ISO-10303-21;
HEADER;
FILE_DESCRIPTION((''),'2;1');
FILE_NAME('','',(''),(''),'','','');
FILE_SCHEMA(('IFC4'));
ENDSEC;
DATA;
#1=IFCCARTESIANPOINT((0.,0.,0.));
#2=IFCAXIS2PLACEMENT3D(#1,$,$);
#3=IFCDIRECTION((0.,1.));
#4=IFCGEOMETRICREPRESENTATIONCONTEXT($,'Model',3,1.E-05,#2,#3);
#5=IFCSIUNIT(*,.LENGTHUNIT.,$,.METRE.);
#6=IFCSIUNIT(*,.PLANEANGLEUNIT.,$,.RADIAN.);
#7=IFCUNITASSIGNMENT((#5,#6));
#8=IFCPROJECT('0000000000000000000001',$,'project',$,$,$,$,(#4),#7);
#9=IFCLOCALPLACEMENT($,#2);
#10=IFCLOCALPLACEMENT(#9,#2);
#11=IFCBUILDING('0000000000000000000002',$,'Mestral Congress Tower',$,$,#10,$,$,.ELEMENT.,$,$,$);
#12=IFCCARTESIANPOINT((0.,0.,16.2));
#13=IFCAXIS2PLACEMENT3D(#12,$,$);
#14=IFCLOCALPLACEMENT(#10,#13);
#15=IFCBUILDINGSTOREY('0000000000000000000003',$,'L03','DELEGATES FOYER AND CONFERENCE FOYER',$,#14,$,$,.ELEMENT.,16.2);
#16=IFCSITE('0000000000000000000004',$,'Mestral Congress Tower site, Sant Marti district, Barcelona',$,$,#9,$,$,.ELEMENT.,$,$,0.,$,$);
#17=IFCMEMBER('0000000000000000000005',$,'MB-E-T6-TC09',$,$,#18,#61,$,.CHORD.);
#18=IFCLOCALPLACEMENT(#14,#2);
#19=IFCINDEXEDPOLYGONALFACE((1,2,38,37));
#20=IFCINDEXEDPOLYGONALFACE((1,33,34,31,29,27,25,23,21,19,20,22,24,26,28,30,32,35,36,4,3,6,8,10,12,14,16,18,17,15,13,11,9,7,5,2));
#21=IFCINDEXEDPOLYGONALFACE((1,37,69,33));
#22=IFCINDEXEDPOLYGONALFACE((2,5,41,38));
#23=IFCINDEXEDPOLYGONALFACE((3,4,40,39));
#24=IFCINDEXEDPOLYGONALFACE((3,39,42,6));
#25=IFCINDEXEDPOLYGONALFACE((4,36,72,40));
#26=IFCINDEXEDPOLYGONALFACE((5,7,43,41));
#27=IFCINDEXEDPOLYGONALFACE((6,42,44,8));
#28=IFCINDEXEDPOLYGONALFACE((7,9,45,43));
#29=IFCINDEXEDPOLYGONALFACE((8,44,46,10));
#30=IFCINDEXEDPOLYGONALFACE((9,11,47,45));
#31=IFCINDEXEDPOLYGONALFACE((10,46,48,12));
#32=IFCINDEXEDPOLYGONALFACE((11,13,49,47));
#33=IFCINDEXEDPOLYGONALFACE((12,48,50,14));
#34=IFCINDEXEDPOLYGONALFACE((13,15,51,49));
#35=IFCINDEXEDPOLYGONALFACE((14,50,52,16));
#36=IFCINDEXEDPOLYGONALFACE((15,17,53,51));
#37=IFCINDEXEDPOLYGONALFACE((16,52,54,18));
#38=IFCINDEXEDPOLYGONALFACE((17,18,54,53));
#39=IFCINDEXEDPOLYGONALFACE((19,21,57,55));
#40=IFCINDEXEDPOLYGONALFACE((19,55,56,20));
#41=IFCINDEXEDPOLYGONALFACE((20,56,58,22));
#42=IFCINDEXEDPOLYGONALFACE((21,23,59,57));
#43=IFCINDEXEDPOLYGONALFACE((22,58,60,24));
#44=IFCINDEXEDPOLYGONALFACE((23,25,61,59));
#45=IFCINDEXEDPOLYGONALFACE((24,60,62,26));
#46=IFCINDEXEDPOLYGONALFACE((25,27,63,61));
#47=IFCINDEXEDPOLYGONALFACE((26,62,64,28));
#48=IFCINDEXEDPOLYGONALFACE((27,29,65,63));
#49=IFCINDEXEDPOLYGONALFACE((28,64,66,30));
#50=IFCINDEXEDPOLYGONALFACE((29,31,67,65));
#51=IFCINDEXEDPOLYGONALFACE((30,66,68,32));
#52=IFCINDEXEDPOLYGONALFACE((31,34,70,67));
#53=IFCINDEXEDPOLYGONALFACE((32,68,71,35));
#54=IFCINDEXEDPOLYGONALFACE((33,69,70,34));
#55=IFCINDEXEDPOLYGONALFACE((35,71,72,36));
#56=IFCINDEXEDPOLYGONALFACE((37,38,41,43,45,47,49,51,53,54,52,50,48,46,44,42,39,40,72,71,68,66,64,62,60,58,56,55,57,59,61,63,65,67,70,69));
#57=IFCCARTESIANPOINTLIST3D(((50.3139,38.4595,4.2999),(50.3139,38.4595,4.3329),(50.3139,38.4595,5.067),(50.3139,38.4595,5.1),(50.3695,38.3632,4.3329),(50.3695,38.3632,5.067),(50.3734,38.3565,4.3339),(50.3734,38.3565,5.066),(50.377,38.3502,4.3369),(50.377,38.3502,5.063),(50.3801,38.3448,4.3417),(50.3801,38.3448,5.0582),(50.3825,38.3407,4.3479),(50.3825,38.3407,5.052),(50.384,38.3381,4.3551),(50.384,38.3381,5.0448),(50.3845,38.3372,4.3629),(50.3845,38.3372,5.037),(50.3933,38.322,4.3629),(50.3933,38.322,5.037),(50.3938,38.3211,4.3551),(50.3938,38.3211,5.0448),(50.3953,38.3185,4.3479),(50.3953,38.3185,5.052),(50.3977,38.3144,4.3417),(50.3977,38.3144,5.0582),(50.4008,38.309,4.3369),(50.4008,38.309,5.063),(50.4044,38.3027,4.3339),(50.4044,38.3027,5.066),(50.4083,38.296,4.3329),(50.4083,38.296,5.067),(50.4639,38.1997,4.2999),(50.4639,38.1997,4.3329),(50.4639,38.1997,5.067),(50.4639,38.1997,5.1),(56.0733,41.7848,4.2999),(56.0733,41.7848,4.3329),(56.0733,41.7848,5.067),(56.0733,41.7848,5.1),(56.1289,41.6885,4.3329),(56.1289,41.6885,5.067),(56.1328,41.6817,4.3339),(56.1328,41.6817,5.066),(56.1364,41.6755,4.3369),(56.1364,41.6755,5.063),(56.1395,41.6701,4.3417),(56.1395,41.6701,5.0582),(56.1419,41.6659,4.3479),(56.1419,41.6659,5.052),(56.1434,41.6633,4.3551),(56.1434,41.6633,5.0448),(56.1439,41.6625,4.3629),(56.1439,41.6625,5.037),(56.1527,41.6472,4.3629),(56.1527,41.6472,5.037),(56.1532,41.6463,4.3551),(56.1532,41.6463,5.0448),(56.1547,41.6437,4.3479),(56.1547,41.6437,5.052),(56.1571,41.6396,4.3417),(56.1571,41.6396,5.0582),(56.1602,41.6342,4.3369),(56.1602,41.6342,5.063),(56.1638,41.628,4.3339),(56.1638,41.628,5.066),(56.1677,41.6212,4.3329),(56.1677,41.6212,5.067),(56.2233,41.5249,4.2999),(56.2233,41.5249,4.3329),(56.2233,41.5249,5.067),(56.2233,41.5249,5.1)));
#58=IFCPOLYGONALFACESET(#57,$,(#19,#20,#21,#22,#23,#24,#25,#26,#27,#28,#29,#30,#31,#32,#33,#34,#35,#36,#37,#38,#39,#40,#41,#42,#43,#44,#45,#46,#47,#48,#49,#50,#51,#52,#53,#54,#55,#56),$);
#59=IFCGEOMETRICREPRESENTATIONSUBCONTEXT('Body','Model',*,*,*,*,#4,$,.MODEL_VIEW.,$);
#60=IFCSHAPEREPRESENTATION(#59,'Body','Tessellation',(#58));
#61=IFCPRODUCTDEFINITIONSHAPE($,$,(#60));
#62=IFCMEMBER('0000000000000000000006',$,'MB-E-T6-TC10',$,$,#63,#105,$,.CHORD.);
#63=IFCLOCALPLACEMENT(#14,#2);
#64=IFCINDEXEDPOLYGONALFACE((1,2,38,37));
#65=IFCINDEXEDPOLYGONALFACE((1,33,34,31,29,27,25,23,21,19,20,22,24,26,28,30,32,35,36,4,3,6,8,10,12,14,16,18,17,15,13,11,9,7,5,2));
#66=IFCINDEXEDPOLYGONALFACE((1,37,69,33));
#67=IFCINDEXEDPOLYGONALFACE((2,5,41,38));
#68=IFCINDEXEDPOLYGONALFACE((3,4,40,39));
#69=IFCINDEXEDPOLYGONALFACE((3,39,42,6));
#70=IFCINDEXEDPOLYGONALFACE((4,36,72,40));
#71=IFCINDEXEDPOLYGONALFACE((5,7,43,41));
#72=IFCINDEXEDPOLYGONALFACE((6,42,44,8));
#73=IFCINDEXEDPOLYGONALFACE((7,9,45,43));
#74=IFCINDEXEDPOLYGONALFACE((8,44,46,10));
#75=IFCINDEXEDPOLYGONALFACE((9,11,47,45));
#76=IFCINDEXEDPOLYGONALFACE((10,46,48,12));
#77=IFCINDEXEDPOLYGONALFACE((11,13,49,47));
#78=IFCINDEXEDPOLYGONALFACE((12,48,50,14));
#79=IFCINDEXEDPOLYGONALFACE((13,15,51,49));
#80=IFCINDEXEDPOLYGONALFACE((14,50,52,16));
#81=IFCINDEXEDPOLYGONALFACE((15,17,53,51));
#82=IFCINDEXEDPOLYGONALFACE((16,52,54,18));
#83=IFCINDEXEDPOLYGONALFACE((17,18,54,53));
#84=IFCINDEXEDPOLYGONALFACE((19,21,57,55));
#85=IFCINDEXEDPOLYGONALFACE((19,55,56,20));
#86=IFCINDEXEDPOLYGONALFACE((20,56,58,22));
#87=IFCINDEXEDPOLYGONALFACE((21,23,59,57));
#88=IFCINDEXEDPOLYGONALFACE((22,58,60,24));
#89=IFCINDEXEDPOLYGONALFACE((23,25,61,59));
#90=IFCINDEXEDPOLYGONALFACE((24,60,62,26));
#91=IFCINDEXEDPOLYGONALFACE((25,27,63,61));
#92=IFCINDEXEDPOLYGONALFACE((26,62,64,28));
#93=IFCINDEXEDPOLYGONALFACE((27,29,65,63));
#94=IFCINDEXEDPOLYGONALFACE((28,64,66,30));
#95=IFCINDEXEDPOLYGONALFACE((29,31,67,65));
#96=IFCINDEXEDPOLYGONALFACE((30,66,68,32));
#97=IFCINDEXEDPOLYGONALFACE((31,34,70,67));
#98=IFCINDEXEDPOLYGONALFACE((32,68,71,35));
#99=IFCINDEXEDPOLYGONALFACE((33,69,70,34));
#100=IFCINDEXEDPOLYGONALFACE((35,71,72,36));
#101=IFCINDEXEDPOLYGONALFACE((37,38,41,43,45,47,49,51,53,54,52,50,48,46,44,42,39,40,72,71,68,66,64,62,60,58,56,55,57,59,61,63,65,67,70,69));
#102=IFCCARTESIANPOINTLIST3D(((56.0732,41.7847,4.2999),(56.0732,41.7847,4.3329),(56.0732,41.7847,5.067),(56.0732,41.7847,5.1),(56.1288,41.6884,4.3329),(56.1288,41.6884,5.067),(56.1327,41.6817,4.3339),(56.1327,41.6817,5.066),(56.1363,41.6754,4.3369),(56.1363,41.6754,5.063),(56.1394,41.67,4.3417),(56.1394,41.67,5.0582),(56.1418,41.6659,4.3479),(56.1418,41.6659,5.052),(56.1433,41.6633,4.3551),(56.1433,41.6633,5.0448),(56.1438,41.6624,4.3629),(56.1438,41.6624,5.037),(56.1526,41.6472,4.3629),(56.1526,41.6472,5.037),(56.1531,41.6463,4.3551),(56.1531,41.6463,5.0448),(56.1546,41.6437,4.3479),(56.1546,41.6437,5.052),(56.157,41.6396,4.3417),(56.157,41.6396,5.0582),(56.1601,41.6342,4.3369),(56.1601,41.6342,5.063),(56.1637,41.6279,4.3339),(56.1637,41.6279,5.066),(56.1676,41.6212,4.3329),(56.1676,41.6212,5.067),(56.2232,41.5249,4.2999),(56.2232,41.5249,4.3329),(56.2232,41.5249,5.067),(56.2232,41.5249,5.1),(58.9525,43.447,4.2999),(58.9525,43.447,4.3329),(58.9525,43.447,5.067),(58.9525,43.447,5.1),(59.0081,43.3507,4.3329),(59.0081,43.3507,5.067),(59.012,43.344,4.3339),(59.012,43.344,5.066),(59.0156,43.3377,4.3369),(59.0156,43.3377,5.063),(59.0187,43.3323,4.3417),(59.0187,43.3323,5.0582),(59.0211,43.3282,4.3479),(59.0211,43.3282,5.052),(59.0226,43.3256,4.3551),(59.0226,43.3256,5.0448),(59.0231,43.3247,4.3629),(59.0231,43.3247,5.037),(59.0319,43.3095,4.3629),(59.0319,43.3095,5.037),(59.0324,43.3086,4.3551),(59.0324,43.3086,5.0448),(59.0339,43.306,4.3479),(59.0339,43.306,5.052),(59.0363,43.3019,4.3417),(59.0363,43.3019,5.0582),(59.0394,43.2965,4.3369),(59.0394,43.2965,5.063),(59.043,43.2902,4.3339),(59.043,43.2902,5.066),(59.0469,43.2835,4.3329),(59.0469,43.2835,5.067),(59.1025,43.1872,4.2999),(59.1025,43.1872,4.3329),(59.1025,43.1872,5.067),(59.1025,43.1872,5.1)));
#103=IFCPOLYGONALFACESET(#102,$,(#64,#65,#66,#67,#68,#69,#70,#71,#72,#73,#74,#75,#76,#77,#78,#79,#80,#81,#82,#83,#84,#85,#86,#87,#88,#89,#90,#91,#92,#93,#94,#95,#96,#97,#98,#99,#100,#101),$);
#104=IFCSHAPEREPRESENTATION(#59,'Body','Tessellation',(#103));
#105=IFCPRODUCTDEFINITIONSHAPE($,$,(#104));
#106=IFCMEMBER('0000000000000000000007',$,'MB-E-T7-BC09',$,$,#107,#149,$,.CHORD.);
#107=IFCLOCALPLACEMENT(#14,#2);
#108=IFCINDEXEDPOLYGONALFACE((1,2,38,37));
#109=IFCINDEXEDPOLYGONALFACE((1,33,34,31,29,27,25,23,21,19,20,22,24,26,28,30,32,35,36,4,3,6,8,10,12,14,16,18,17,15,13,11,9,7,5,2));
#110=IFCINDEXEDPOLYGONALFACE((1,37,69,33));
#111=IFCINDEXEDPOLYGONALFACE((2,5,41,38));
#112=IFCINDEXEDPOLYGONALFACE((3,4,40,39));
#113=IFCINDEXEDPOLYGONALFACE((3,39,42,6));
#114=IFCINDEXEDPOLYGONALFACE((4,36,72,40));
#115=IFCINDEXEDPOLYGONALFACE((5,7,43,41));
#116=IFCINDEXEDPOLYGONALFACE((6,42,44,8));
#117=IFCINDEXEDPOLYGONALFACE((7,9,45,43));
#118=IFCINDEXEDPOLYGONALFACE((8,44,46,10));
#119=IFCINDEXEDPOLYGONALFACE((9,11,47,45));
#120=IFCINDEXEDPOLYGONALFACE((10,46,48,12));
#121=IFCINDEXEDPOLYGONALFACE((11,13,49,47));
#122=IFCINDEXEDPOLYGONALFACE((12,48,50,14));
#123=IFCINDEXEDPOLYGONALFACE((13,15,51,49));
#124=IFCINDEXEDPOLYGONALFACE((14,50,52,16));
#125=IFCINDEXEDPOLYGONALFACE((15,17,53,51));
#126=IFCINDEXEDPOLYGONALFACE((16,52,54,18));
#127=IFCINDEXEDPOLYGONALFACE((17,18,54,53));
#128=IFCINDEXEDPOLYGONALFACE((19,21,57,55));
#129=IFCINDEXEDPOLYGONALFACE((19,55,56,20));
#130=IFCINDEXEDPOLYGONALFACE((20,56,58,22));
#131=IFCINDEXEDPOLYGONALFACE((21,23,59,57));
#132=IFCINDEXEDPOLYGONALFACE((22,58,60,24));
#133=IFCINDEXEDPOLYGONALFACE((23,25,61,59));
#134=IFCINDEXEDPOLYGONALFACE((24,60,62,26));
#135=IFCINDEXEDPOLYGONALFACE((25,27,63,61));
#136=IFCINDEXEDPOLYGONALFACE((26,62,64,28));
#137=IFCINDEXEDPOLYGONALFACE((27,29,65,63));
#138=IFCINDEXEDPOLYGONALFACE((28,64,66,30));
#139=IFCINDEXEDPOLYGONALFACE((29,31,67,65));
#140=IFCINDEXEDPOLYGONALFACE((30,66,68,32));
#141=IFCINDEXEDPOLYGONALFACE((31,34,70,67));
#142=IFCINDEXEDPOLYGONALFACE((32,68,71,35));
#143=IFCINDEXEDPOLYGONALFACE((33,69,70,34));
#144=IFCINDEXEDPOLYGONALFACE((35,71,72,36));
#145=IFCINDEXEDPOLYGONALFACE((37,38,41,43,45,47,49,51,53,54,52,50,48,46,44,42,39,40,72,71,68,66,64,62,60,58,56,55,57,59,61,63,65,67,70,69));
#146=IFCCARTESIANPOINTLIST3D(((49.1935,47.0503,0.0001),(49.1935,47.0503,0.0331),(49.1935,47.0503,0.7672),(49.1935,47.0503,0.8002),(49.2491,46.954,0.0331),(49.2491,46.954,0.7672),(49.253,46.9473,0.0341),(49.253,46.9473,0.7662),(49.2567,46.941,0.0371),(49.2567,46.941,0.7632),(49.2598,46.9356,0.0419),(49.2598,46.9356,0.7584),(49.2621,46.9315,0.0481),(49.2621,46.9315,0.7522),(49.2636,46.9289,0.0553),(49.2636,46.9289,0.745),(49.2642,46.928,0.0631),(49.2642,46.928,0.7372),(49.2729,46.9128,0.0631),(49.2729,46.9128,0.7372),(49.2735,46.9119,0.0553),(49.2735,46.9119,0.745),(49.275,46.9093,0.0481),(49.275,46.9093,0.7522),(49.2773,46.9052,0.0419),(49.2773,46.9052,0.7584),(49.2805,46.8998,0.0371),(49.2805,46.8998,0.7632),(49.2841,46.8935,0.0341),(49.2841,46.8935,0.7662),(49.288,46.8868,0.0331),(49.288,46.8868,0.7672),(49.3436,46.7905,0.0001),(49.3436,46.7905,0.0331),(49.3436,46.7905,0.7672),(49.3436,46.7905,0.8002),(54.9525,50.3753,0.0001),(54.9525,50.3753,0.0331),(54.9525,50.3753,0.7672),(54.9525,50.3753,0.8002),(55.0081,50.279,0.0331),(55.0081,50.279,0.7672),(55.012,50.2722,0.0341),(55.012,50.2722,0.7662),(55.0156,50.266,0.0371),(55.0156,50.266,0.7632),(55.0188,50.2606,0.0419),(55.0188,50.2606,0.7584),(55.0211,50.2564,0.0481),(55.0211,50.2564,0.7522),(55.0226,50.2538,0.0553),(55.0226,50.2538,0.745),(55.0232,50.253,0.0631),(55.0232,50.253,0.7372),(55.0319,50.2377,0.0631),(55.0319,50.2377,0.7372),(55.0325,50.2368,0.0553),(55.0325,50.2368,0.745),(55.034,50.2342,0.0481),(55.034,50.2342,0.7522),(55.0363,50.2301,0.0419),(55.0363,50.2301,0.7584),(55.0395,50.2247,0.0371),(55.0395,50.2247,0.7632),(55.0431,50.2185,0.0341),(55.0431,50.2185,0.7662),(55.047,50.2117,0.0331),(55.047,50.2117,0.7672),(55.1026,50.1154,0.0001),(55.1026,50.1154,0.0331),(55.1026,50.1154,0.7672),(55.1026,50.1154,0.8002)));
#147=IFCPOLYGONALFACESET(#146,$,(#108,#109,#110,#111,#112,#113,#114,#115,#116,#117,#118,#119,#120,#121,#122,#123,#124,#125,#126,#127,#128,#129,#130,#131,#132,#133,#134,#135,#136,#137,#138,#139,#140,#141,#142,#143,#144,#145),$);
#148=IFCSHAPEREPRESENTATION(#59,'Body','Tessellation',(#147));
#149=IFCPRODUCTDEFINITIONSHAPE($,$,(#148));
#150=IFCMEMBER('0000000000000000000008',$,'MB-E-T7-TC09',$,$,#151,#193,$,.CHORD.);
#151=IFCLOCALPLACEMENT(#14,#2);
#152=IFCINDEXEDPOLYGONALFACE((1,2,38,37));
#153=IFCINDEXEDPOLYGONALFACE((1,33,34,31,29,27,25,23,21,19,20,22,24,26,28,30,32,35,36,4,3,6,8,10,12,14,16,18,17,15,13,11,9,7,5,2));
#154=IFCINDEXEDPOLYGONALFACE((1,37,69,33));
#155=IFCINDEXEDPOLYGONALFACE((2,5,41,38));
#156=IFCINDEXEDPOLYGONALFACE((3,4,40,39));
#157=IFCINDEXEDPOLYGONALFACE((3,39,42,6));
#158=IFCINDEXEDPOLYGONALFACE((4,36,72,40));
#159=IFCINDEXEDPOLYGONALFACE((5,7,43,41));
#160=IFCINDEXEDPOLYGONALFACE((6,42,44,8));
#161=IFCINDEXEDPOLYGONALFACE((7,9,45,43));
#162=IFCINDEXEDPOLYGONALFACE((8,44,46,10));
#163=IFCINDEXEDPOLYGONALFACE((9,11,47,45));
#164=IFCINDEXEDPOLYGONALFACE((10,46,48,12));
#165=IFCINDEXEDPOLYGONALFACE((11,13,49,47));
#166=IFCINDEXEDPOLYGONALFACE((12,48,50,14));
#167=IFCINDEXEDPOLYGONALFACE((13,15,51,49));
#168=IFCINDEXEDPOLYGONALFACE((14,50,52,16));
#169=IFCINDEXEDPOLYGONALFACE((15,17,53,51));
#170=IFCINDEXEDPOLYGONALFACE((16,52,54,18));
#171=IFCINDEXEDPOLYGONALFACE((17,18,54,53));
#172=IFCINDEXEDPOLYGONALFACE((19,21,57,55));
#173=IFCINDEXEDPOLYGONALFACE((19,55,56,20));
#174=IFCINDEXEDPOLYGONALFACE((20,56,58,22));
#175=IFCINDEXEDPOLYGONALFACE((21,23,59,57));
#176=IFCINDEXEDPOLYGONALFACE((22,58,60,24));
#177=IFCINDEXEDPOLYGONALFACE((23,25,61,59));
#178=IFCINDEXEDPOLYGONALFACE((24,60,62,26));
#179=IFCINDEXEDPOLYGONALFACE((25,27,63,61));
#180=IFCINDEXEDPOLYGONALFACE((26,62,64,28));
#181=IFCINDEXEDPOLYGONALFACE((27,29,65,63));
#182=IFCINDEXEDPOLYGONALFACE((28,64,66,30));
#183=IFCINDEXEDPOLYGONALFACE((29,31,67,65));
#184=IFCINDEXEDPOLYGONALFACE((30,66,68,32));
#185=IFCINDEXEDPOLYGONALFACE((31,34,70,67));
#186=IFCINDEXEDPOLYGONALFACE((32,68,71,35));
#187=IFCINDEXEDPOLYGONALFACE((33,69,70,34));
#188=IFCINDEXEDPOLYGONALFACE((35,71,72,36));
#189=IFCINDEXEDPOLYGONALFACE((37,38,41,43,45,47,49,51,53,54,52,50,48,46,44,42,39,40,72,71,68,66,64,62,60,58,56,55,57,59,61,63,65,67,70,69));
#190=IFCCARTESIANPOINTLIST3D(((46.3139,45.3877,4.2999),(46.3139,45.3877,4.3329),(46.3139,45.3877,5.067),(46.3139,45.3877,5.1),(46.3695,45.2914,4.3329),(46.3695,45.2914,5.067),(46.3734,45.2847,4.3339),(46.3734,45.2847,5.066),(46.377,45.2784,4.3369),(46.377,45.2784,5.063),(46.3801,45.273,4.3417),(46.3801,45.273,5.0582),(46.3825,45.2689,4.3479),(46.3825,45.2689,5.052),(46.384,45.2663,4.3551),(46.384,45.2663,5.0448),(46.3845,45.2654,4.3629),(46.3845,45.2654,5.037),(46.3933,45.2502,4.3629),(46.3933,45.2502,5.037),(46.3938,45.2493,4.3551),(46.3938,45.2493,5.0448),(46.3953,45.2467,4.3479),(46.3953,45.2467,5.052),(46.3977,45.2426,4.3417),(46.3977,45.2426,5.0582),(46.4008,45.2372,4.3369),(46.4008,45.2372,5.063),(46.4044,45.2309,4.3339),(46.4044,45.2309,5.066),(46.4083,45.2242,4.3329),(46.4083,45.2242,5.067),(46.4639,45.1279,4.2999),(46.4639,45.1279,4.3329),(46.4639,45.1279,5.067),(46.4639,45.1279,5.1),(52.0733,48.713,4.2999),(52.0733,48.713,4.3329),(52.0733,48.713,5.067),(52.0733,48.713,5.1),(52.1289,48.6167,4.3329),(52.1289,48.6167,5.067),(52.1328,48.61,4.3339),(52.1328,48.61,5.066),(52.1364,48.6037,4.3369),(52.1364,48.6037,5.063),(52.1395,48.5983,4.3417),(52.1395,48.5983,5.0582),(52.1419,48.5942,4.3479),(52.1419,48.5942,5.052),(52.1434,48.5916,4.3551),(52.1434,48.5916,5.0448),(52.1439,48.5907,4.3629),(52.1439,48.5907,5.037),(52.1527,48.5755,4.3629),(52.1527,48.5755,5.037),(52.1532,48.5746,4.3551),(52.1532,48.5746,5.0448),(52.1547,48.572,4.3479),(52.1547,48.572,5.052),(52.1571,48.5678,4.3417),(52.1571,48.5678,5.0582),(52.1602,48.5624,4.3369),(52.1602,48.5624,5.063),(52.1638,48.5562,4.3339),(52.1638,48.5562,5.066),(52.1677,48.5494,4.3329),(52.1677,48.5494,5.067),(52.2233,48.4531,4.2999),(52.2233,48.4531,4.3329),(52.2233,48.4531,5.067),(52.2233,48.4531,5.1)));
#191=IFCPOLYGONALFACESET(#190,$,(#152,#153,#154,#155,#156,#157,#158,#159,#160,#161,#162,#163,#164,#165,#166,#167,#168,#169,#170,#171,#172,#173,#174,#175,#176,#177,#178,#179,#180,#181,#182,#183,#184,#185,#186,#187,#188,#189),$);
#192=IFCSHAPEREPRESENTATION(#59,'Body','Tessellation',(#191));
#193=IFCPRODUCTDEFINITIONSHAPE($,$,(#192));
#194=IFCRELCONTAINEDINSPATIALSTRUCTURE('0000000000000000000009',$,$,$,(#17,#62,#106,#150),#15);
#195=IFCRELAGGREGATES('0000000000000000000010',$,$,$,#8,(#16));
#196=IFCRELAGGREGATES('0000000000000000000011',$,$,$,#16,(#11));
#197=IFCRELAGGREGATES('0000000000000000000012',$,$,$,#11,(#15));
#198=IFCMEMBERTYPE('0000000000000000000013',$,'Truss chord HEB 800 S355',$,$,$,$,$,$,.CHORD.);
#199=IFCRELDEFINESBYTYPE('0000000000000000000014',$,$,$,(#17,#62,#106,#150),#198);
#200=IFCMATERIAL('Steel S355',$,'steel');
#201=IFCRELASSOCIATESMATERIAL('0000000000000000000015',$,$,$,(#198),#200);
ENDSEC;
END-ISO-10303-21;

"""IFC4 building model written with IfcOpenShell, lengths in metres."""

from ifc_helpers import new_model, si_unit, direction, frame, origin, origin_2d, place, context, subcontext, project, spatial, i_section, extrude, material, material_profile, profile_set, type_object, element, save


model = new_model("IFC4")

# Units and contexts
model_context = context("Model", 3, precision=1e-05, world=origin(), true_north=direction((0.0, 1.0)))
body_context = subcontext(model_context, "Body", "Model", "MODEL_VIEW")
ifc_project = project(units=[si_unit("LENGTHUNIT", "METRE"), si_unit("PLANEANGLEUNIT", "RADIAN")], contexts=[model_context])

# Site, building, storey
site_placement = place(None, origin())
site = spatial("IfcSite", under=ifc_project, at=site_placement, Name="Mestral Congress Tower site, Sant Marti district, Barcelona", CompositionType="ELEMENT", RefElevation=0.0)
building_placement = place(site_placement, origin())
building = spatial("IfcBuilding", under=site, at=building_placement, Name="Mestral Congress Tower", CompositionType="ELEMENT")
storey_placement = place(building_placement, frame((0.0, 0.0, 16.2)))
storey = spatial("IfcBuildingStorey", under=building, at=storey_placement, Name="L03", Description="DELEGATES FOYER AND CONFERENCE FOYER", CompositionType="ELEMENT", Elevation=16.2)

# Members
ifc_material_1 = material(Name="Steel S355", Category="steel")
ifc_material_profile_1 = material_profile(ifc_material_1, i_section(OverallWidth=0.3, OverallDepth=0.8, WebThickness=0.0176, FlangeThickness=0.033, FilletRadius=0.03, at=origin_2d()), Name="HEB 800")
ifc_profile_set_1 = profile_set([ifc_material_profile_1], Name="Steel S355")
member_type_1 = type_object("IfcMemberType", Name="Truss chord HEB 800 S355", PredefinedType="CHORD", material=ifc_profile_set_1)
member_1_placement = place(storey_placement, frame((50.3889, 38.3296, 4.7), z_axis=(0.866021, 0.500008, 0.0), x_axis=(-0.500008, 0.866021, 0.0)))
element("IfcMember", 1, at=member_1_placement, inside=storey, type_object=member_type_1, Name="MB-E-T6-TC09", PredefinedType="CHORD", context=body_context, shape_type="SweptSolid", body=[
    extrude(i_section(OverallWidth=0.3, OverallDepth=0.8, WebThickness=0.0176, FlangeThickness=0.033, FilletRadius=0.03, at=origin_2d()), origin(), (0.0, 0.0, 1.0), 6.6504),
])
member_2_placement = place(storey_placement, frame((56.1482, 41.6548, 4.7), z_axis=(0.866034, 0.499985, 0.0), x_axis=(-0.499985, 0.866034, 0.0)))
element("IfcMember", 2, at=member_2_placement, inside=storey, type_object=member_type_1, Name="MB-E-T6-TC10", PredefinedType="CHORD", context=body_context, shape_type="SweptSolid", body=[
    extrude(i_section(OverallWidth=0.3, OverallDepth=0.8, WebThickness=0.0176, FlangeThickness=0.033, FilletRadius=0.03, at=origin_2d()), origin(), (0.0, 0.0, 1.0), 3.3247),
])
member_3_placement = place(storey_placement, frame((49.2686, 46.9204, 0.4001), z_axis=(0.866027, 0.499997, 0.0), x_axis=(-0.499997, 0.866027, 0.0)))
element("IfcMember", 3, at=member_3_placement, inside=storey, type_object=member_type_1, Name="MB-E-T7-BC09", PredefinedType="CHORD", context=body_context, shape_type="SweptSolid", body=[
    extrude(i_section(OverallWidth=0.3, OverallDepth=0.8, WebThickness=0.0176, FlangeThickness=0.033, FilletRadius=0.03, at=origin_2d()), origin(), (0.0, 0.0, 1.0), 6.6499),
])
member_4_placement = place(storey_placement, frame((46.3889, 45.2578, 4.7), z_axis=(0.866021, 0.500008, 0.0), x_axis=(-0.500008, 0.866021, 0.0)))
element("IfcMember", 4, at=member_4_placement, inside=storey, type_object=member_type_1, Name="MB-E-T7-TC09", PredefinedType="CHORD", context=body_context, shape_type="SweptSolid", body=[
    extrude(i_section(OverallWidth=0.3, OverallDepth=0.8, WebThickness=0.0176, FlangeThickness=0.033, FilletRadius=0.03, at=origin_2d()), origin(), (0.0, 0.0, 1.0), 6.6504),
])

save(model, "model.ifc")
